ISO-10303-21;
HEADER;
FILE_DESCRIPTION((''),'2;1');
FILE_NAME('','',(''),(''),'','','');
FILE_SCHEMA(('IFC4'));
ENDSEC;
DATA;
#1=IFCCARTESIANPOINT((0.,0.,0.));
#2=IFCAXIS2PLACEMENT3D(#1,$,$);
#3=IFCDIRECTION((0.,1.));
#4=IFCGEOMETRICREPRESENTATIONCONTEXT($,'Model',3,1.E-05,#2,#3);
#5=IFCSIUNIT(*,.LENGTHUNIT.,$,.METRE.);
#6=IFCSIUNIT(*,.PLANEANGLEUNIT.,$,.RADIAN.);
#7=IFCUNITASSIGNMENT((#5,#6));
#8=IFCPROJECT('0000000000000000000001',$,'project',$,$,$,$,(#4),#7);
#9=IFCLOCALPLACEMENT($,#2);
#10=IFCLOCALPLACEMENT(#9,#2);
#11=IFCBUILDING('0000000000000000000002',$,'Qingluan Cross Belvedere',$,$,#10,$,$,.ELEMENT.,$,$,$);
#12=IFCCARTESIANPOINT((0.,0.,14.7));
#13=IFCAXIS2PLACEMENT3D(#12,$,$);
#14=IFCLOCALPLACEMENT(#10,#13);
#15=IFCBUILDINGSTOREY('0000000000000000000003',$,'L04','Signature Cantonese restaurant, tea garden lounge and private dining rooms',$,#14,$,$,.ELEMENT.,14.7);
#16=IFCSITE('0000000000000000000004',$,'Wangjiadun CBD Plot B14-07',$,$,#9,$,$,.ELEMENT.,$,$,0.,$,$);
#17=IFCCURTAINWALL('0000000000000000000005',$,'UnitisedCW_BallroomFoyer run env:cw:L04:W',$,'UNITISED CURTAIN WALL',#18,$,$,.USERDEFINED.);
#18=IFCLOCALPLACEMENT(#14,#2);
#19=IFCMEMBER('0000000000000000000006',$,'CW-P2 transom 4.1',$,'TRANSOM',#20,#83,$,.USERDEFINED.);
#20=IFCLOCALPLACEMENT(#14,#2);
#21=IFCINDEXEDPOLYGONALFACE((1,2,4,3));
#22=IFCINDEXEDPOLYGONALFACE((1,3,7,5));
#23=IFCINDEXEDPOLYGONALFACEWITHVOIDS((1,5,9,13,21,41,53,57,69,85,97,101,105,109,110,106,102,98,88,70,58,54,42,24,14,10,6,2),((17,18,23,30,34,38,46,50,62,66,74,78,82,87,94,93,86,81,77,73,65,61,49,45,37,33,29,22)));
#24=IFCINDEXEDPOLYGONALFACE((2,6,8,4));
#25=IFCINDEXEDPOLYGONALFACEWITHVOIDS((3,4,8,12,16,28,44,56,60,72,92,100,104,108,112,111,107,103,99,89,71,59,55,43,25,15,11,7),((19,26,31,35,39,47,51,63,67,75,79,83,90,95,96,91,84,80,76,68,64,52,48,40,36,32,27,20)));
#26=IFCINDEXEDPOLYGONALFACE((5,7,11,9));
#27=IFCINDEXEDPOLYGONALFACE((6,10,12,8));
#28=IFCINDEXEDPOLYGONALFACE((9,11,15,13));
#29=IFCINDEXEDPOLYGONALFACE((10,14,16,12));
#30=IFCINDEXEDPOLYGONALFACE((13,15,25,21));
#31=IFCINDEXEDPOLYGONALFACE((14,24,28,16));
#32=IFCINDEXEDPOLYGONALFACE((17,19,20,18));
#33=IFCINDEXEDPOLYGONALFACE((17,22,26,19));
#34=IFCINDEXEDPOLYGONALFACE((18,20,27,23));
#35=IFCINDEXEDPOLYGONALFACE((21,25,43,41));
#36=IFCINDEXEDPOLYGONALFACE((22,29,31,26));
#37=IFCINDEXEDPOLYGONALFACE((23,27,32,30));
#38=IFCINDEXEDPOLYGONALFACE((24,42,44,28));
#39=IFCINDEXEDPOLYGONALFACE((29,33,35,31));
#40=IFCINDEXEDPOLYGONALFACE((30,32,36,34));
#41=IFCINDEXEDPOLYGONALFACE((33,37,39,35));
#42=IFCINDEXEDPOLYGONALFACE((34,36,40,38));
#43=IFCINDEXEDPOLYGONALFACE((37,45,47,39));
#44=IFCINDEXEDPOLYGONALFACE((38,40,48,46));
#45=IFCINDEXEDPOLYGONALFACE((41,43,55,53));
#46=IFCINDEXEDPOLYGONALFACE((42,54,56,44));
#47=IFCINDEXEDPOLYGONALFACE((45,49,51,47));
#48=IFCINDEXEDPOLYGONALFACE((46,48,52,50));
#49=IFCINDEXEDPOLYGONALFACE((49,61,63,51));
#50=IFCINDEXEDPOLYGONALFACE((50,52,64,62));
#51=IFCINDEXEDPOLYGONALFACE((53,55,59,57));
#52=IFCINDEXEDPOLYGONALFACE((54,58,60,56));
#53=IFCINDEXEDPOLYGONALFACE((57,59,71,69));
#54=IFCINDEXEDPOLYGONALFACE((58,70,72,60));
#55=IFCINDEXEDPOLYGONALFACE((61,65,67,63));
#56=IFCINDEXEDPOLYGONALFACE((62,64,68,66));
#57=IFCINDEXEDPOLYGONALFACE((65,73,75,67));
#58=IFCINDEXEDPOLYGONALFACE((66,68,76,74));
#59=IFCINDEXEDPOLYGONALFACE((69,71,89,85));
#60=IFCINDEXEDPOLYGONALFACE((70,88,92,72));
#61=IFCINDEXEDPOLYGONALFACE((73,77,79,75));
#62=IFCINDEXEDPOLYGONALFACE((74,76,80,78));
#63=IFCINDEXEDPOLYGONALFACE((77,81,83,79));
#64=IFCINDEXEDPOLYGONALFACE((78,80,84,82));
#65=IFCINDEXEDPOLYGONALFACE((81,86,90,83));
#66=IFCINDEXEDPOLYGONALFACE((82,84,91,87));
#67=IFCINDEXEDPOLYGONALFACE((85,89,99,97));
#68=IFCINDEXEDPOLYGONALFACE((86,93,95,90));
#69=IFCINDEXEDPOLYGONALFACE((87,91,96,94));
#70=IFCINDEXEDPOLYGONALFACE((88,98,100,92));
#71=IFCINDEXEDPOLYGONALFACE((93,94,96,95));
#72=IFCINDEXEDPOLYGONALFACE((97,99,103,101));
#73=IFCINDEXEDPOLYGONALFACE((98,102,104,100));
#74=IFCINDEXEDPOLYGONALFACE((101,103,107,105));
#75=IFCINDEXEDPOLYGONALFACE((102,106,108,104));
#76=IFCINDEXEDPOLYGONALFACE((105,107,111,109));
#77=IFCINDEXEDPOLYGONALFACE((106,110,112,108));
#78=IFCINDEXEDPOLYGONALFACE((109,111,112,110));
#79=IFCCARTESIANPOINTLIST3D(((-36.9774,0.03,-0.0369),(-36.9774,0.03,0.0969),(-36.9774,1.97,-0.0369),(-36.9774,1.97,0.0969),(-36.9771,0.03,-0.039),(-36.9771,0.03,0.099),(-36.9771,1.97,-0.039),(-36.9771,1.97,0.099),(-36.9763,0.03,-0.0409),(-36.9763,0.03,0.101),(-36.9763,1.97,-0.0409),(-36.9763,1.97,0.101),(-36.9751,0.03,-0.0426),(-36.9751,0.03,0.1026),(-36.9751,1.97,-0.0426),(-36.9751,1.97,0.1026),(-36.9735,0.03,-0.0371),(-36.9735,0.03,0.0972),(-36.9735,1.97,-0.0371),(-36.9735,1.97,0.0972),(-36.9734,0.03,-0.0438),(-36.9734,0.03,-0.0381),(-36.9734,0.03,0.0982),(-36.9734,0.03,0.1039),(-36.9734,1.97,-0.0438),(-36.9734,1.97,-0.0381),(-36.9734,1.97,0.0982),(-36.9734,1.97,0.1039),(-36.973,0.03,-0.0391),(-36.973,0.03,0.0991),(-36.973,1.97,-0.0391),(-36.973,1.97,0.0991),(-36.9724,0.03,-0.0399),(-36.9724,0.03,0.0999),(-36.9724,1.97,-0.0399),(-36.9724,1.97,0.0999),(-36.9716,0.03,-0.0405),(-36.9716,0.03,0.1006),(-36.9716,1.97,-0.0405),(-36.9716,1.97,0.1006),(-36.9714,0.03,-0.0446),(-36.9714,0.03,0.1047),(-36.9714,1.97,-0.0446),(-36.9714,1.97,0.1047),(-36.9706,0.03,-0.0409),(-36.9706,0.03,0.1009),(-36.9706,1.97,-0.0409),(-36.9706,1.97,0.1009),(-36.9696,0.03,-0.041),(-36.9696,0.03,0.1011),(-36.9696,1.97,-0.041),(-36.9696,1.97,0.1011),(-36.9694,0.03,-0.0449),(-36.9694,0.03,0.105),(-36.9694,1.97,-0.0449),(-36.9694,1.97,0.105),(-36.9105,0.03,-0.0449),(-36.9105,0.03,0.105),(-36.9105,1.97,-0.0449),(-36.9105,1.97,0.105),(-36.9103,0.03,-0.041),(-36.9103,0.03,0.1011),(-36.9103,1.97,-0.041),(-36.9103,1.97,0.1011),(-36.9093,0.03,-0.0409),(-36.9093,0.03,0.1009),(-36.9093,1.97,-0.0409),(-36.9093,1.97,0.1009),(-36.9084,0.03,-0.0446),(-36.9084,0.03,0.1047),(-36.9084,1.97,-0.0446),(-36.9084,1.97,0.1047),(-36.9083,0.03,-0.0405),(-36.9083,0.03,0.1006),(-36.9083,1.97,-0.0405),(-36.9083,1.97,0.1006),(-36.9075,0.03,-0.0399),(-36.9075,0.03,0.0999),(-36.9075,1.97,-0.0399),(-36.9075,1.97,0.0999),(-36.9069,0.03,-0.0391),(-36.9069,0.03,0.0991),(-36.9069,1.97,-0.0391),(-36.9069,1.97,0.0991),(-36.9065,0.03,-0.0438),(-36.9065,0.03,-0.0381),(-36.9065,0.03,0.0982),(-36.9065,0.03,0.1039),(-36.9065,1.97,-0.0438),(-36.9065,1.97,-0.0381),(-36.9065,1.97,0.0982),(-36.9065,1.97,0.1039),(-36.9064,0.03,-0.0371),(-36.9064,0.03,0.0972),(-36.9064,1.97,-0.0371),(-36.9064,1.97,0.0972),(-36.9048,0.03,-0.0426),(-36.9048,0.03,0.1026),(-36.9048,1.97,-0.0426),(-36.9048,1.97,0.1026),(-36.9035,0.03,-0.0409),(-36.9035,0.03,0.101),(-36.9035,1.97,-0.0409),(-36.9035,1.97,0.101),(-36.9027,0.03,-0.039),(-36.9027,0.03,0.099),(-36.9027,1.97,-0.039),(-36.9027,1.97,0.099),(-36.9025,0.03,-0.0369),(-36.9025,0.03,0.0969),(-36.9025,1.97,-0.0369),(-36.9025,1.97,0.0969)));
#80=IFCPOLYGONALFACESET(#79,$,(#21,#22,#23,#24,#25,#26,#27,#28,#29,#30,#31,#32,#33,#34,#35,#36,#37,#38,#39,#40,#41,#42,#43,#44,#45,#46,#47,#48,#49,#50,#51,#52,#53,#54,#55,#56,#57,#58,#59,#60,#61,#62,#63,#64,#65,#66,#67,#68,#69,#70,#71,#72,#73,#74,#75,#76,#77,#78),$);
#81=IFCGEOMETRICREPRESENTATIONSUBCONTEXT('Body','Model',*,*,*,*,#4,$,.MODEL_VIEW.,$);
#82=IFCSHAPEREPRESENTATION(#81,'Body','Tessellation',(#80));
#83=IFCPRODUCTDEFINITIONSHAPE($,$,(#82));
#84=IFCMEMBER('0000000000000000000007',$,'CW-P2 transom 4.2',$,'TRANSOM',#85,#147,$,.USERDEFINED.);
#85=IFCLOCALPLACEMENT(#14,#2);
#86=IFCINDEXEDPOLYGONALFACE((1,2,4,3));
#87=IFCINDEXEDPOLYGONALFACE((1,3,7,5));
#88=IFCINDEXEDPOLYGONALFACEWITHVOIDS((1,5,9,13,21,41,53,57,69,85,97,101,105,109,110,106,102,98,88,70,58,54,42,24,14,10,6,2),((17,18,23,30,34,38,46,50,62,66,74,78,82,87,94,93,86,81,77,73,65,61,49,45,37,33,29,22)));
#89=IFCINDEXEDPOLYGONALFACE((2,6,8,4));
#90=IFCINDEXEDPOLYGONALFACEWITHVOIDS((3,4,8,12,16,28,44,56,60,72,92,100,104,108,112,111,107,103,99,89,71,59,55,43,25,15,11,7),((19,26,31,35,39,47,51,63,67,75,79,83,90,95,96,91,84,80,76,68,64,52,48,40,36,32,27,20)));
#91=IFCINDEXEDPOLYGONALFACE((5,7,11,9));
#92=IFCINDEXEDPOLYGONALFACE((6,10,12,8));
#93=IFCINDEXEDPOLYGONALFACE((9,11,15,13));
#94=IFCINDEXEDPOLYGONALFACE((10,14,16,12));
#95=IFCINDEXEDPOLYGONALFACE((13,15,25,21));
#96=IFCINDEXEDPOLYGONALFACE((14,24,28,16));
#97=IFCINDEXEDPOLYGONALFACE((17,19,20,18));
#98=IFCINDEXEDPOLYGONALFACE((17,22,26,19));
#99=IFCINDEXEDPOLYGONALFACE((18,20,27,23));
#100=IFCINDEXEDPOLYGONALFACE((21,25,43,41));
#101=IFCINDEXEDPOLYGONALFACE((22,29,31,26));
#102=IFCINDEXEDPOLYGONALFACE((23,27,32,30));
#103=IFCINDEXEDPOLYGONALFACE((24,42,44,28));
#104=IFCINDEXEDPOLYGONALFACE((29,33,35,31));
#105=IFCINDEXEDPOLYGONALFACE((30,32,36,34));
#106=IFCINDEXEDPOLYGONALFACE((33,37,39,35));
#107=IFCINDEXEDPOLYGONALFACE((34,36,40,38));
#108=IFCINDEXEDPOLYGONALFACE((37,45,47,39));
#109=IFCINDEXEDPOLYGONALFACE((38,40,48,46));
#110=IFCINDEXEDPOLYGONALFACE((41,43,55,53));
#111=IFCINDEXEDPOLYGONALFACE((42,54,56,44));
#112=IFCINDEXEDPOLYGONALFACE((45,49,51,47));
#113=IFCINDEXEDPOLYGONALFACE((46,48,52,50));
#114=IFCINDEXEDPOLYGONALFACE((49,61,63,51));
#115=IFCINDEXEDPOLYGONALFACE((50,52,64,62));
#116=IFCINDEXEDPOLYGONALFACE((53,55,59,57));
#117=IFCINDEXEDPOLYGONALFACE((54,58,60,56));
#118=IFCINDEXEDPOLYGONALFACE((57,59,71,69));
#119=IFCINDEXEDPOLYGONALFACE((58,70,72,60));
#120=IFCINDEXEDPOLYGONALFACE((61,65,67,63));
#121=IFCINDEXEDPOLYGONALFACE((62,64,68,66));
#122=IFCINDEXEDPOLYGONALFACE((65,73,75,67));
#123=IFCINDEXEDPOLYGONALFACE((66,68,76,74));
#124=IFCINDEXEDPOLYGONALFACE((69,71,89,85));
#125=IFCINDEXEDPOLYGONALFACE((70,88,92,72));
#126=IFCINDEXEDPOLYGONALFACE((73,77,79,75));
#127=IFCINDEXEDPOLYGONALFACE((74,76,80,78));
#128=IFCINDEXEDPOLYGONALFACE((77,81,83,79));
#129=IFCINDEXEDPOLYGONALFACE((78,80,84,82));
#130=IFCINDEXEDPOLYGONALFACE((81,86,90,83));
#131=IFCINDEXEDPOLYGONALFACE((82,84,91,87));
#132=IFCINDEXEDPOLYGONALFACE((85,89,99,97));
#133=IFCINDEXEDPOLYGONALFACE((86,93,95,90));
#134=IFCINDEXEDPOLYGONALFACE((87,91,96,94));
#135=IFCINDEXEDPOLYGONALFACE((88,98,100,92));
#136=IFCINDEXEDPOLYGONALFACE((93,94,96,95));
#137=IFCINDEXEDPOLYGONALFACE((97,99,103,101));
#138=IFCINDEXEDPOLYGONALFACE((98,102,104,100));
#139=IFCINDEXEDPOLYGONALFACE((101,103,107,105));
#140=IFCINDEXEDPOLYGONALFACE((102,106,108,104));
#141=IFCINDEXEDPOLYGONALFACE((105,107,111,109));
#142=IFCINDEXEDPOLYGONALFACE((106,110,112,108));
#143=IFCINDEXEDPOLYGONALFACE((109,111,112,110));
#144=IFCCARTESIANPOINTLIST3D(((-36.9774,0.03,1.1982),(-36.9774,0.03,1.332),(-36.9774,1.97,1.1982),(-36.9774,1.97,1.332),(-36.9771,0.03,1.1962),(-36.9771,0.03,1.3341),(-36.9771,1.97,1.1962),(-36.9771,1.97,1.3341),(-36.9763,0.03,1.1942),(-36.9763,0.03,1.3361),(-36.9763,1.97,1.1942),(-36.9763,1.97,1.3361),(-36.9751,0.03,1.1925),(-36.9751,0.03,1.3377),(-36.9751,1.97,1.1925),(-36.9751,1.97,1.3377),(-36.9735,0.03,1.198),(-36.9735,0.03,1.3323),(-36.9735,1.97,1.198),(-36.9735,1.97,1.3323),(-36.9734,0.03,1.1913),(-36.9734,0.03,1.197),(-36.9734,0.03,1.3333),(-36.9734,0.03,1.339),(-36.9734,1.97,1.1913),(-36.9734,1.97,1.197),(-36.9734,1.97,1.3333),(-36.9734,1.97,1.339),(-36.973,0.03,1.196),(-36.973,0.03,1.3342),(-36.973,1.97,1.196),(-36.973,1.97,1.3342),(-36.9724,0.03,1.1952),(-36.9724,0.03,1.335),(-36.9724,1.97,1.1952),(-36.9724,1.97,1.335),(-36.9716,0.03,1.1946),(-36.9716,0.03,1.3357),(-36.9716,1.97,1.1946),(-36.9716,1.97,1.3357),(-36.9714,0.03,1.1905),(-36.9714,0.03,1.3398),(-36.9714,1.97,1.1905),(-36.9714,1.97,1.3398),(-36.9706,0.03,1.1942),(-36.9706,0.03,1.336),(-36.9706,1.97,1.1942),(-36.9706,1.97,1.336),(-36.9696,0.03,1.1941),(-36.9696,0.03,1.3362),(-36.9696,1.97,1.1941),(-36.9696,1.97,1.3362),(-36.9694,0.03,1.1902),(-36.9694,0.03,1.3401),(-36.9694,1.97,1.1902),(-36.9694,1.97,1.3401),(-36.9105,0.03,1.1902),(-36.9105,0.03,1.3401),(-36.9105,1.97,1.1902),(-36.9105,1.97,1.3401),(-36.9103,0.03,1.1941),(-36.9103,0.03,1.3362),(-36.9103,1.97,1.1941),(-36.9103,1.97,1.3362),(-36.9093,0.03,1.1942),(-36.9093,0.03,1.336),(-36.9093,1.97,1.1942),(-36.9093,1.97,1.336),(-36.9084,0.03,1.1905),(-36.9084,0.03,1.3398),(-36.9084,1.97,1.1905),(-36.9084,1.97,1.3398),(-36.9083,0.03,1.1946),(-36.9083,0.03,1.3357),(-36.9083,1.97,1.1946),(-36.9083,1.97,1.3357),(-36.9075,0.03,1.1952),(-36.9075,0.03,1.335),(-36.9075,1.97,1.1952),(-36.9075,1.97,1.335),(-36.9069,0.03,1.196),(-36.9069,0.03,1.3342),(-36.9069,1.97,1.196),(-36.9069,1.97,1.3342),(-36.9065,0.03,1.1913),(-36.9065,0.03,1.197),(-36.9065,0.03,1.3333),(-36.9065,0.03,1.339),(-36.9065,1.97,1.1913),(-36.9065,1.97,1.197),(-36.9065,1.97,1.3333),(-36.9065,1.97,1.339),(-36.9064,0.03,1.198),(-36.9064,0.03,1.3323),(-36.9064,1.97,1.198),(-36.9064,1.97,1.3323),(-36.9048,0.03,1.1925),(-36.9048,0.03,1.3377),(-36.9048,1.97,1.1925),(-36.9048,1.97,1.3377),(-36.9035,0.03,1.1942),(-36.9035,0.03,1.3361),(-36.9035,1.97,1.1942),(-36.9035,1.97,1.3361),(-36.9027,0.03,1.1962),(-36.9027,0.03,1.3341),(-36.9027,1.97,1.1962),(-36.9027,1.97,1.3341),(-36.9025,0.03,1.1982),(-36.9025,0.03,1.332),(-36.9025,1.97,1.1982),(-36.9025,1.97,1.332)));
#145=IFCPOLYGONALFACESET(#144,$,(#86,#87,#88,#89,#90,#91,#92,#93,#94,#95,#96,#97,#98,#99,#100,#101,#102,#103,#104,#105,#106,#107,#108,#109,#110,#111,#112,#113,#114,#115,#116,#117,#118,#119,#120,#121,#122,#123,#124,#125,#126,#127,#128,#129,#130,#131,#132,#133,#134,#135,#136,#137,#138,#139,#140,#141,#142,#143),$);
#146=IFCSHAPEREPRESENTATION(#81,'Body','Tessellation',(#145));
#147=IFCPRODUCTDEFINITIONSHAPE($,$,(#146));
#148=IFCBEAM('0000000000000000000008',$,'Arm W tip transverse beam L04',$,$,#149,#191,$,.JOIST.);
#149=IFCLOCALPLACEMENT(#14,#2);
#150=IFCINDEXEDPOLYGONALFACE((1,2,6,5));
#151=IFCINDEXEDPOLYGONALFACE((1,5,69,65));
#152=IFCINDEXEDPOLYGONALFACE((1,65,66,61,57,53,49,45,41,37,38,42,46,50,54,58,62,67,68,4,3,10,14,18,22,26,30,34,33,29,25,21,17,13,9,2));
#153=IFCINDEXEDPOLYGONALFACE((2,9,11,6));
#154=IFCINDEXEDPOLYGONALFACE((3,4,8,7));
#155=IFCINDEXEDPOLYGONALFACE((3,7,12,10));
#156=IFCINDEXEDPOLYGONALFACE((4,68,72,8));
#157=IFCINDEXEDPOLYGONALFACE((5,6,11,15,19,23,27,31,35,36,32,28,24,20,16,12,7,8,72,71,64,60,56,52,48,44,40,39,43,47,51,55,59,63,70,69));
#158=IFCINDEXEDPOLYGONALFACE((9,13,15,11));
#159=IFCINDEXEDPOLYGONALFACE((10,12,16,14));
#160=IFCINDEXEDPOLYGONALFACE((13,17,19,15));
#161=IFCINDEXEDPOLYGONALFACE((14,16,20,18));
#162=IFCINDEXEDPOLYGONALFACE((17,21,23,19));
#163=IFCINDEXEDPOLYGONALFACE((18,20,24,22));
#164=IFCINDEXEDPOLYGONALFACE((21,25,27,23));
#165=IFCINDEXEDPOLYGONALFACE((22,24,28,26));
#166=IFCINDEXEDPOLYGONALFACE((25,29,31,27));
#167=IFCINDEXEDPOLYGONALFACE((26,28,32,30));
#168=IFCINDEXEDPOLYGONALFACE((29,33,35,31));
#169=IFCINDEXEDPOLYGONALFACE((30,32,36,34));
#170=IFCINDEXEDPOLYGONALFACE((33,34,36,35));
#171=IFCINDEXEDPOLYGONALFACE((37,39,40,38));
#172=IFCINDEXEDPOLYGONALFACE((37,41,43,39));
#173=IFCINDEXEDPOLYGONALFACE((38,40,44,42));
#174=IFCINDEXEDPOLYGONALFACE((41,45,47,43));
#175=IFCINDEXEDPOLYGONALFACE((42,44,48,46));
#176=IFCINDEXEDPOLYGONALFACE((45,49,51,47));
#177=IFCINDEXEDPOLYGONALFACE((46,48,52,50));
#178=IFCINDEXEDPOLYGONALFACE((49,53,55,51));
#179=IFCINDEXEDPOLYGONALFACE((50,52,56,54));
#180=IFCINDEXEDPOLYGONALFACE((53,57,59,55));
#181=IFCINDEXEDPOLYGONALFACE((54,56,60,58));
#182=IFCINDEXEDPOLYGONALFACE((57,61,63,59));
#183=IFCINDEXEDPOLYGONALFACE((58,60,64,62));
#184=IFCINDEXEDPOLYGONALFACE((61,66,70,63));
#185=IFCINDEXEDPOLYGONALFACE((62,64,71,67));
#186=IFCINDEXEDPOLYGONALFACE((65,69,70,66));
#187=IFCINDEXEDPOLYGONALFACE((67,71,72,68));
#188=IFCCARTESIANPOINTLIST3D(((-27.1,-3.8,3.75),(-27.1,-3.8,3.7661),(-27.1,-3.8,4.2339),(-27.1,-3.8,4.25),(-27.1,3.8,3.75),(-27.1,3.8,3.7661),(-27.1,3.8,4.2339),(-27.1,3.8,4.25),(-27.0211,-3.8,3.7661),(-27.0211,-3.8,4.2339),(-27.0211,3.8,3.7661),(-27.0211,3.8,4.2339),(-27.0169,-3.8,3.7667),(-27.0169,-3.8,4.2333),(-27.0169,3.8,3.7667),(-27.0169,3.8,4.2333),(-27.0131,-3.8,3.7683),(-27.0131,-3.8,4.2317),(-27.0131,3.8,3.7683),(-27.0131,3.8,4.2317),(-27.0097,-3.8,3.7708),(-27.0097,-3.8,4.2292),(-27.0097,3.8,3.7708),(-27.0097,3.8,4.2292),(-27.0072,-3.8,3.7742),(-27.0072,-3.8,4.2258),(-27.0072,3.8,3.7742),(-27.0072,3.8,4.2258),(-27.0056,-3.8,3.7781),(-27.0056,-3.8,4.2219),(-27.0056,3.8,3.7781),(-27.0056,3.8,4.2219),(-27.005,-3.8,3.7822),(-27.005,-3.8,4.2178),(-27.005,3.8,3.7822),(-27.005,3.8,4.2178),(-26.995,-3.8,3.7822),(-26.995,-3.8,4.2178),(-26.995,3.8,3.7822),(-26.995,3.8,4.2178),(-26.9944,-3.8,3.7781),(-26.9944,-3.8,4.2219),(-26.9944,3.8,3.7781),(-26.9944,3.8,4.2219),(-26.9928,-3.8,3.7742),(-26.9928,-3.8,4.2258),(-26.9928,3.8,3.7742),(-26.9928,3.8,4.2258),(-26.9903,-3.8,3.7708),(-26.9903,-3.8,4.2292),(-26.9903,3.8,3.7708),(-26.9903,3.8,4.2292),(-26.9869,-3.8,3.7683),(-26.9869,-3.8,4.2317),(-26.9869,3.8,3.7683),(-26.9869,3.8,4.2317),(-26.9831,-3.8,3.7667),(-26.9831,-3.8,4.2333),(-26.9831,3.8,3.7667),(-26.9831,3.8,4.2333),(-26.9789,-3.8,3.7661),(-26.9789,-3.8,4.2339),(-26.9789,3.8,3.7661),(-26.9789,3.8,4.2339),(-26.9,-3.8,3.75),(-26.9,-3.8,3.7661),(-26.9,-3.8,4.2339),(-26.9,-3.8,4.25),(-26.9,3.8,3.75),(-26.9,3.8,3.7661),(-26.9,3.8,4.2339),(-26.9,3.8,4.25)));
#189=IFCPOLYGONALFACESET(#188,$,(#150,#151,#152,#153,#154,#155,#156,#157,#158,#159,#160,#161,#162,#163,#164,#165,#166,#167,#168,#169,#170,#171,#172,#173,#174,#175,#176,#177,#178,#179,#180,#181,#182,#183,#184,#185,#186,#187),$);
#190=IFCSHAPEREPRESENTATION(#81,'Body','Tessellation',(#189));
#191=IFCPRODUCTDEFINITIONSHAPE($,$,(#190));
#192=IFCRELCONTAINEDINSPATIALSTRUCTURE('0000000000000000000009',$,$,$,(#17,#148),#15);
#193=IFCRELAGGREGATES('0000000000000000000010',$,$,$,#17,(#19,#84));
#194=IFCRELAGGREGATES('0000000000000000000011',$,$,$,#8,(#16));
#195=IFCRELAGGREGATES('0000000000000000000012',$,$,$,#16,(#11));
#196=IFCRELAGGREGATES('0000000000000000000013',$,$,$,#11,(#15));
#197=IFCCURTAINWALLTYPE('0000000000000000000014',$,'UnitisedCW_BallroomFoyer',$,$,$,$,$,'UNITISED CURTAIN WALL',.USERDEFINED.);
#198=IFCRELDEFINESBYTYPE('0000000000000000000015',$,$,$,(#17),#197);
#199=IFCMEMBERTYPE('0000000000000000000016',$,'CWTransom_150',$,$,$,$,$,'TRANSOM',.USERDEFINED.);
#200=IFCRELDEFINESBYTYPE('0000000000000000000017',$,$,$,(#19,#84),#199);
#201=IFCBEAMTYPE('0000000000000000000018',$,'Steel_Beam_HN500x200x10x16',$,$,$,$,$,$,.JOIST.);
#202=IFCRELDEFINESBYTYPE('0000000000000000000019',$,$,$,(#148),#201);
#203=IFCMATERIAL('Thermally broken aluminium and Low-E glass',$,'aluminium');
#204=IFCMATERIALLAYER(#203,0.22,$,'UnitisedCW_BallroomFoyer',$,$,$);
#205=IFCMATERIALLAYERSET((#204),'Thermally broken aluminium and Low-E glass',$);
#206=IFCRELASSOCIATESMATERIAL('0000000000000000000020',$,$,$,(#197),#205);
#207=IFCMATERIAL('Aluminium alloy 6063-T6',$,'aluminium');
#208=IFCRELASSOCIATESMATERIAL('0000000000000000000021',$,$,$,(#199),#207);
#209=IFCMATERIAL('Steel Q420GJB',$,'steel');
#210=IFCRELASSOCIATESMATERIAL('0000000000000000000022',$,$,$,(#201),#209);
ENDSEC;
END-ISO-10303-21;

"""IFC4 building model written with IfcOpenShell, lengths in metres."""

from ifc_helpers import new_model, si_unit, direction, frame, origin, origin_2d, place, context, subcontext, project, spatial, hollow_rectangle, i_section, extrude, material, layer, layer_set, material_profile, profile_set, type_object, element, aggregate, save


model = new_model("IFC4")

# Units and contexts
model_context = context("Model", 3, precision=1e-05, world=origin(), true_north=direction((0.0, 1.0)))
body_context = subcontext(model_context, "Body", "Model", "MODEL_VIEW")
ifc_project = project(units=[si_unit("LENGTHUNIT", "METRE"), si_unit("PLANEANGLEUNIT", "RADIAN")], contexts=[model_context])

# Site, building, storey
site_placement = place(None, origin())
site = spatial("IfcSite", under=ifc_project, at=site_placement, Name="Wangjiadun CBD Plot B14-07", CompositionType="ELEMENT", RefElevation=0.0)
building_placement = place(site_placement, origin())
building = spatial("IfcBuilding", under=site, at=building_placement, Name="Qingluan Cross Belvedere", CompositionType="ELEMENT")
storey_placement = place(building_placement, frame((0.0, 0.0, 14.7)))
storey = spatial("IfcBuildingStorey", under=building, at=storey_placement, Name="L04", Description="Signature Cantonese restaurant, tea garden lounge and private dining rooms", CompositionType="ELEMENT", Elevation=14.7)

# Curtain wall, members
ifc_material_1 = material(Name="Thermally broken aluminium and Low-E glass", Category="aluminium")
ifc_layer_1 = layer(ifc_material_1, 0.22, Name="UnitisedCW_BallroomFoyer")
ifc_layer_set_1 = layer_set([ifc_layer_1], Name="Thermally broken aluminium and Low-E glass")
curtain_wall_type = type_object("IfcCurtainWallType", Name="UnitisedCW_BallroomFoyer", ElementType="UNITISED CURTAIN WALL", PredefinedType="USERDEFINED", material=ifc_layer_set_1)
curtain_wall_placement = place(storey_placement, origin())
curtain_wall = element("IfcCurtainWall", 1, at=curtain_wall_placement, inside=storey, type_object=curtain_wall_type, Name="UnitisedCW_BallroomFoyer run env:cw:L04:W", ObjectType="UNITISED CURTAIN WALL", PredefinedType="USERDEFINED")
ifc_material_2 = material(Name="Aluminium alloy 6063-T6", Category="aluminium")
ifc_material_profile_1 = material_profile(ifc_material_2, hollow_rectangle(XDim=0.075, YDim=0.1499, WallThickness=0.0039, InnerFilletRadius=0.0039, OuterFilletRadius=0.0081, at=origin_2d()), Name="CWT150x75x4")
ifc_profile_set_1 = profile_set([ifc_material_profile_1], Name="Aluminium alloy 6063-T6")
member_type_1 = type_object("IfcMemberType", Name="CWTransom_150", ElementType="TRANSOM", PredefinedType="USERDEFINED", material=ifc_profile_set_1)
member_1_placement = place(storey_placement, frame((-36.9399, 0.03, 0.03), z_axis=(0.0, 1.0, 0.0), x_axis=(-1.0, 0.0, 0.0)))
member_1 = element("IfcMember", 2, at=member_1_placement, type_object=member_type_1, Name="CW-P2 transom 4.1", ObjectType="TRANSOM", PredefinedType="USERDEFINED", context=body_context, shape_type="SweptSolid", body=[
    extrude(hollow_rectangle(XDim=0.075, YDim=0.1499, WallThickness=0.0039, InnerFilletRadius=0.0039, OuterFilletRadius=0.0081, at=origin_2d()), origin(), (0.0, 0.0, 1.0), 1.9399),
])
member_2_placement = place(storey_placement, frame((-36.9399, 0.03, 1.2651), z_axis=(0.0, 1.0, 0.0), x_axis=(-1.0, 0.0, 0.0)))
member_2 = element("IfcMember", 3, at=member_2_placement, type_object=member_type_1, Name="CW-P2 transom 4.2", ObjectType="TRANSOM", PredefinedType="USERDEFINED", context=body_context, shape_type="SweptSolid", body=[
    extrude(hollow_rectangle(XDim=0.075, YDim=0.1499, WallThickness=0.0039, InnerFilletRadius=0.0039, OuterFilletRadius=0.0081, at=origin_2d()), origin(), (0.0, 0.0, 1.0), 1.9399),
])

# Beam
ifc_material_3 = material(Name="Steel Q420GJB", Category="steel")
ifc_material_profile_2 = material_profile(ifc_material_3, i_section(OverallWidth=0.2, OverallDepth=0.5, WebThickness=0.01, FlangeThickness=0.0161, FilletRadius=0.0161, at=origin_2d()), Name="HN500x200x10x16")
ifc_profile_set_2 = profile_set([ifc_material_profile_2], Name="Steel Q420GJB")
beam_type = type_object("IfcBeamType", Name="Steel_Beam_HN500x200x10x16", PredefinedType="JOIST", material=ifc_profile_set_2)
beam_placement = place(storey_placement, frame((-27.0, -3.8, 4.0), z_axis=(0.0, 1.0, 0.0), x_axis=(-1.0, 0.0, 0.0)))
element("IfcBeam", 4, at=beam_placement, inside=storey, type_object=beam_type, Name="Arm W tip transverse beam L04", PredefinedType="JOIST", context=body_context, shape_type="SweptSolid", body=[
    extrude(i_section(OverallWidth=0.2, OverallDepth=0.5, WebThickness=0.01, FlangeThickness=0.0161, FilletRadius=0.0161, at=origin_2d()), origin(), (0.0, 0.0, 1.0), 7.6001),
])

aggregate(curtain_wall, [member_1, member_2])

save(model, "model.ifc")
